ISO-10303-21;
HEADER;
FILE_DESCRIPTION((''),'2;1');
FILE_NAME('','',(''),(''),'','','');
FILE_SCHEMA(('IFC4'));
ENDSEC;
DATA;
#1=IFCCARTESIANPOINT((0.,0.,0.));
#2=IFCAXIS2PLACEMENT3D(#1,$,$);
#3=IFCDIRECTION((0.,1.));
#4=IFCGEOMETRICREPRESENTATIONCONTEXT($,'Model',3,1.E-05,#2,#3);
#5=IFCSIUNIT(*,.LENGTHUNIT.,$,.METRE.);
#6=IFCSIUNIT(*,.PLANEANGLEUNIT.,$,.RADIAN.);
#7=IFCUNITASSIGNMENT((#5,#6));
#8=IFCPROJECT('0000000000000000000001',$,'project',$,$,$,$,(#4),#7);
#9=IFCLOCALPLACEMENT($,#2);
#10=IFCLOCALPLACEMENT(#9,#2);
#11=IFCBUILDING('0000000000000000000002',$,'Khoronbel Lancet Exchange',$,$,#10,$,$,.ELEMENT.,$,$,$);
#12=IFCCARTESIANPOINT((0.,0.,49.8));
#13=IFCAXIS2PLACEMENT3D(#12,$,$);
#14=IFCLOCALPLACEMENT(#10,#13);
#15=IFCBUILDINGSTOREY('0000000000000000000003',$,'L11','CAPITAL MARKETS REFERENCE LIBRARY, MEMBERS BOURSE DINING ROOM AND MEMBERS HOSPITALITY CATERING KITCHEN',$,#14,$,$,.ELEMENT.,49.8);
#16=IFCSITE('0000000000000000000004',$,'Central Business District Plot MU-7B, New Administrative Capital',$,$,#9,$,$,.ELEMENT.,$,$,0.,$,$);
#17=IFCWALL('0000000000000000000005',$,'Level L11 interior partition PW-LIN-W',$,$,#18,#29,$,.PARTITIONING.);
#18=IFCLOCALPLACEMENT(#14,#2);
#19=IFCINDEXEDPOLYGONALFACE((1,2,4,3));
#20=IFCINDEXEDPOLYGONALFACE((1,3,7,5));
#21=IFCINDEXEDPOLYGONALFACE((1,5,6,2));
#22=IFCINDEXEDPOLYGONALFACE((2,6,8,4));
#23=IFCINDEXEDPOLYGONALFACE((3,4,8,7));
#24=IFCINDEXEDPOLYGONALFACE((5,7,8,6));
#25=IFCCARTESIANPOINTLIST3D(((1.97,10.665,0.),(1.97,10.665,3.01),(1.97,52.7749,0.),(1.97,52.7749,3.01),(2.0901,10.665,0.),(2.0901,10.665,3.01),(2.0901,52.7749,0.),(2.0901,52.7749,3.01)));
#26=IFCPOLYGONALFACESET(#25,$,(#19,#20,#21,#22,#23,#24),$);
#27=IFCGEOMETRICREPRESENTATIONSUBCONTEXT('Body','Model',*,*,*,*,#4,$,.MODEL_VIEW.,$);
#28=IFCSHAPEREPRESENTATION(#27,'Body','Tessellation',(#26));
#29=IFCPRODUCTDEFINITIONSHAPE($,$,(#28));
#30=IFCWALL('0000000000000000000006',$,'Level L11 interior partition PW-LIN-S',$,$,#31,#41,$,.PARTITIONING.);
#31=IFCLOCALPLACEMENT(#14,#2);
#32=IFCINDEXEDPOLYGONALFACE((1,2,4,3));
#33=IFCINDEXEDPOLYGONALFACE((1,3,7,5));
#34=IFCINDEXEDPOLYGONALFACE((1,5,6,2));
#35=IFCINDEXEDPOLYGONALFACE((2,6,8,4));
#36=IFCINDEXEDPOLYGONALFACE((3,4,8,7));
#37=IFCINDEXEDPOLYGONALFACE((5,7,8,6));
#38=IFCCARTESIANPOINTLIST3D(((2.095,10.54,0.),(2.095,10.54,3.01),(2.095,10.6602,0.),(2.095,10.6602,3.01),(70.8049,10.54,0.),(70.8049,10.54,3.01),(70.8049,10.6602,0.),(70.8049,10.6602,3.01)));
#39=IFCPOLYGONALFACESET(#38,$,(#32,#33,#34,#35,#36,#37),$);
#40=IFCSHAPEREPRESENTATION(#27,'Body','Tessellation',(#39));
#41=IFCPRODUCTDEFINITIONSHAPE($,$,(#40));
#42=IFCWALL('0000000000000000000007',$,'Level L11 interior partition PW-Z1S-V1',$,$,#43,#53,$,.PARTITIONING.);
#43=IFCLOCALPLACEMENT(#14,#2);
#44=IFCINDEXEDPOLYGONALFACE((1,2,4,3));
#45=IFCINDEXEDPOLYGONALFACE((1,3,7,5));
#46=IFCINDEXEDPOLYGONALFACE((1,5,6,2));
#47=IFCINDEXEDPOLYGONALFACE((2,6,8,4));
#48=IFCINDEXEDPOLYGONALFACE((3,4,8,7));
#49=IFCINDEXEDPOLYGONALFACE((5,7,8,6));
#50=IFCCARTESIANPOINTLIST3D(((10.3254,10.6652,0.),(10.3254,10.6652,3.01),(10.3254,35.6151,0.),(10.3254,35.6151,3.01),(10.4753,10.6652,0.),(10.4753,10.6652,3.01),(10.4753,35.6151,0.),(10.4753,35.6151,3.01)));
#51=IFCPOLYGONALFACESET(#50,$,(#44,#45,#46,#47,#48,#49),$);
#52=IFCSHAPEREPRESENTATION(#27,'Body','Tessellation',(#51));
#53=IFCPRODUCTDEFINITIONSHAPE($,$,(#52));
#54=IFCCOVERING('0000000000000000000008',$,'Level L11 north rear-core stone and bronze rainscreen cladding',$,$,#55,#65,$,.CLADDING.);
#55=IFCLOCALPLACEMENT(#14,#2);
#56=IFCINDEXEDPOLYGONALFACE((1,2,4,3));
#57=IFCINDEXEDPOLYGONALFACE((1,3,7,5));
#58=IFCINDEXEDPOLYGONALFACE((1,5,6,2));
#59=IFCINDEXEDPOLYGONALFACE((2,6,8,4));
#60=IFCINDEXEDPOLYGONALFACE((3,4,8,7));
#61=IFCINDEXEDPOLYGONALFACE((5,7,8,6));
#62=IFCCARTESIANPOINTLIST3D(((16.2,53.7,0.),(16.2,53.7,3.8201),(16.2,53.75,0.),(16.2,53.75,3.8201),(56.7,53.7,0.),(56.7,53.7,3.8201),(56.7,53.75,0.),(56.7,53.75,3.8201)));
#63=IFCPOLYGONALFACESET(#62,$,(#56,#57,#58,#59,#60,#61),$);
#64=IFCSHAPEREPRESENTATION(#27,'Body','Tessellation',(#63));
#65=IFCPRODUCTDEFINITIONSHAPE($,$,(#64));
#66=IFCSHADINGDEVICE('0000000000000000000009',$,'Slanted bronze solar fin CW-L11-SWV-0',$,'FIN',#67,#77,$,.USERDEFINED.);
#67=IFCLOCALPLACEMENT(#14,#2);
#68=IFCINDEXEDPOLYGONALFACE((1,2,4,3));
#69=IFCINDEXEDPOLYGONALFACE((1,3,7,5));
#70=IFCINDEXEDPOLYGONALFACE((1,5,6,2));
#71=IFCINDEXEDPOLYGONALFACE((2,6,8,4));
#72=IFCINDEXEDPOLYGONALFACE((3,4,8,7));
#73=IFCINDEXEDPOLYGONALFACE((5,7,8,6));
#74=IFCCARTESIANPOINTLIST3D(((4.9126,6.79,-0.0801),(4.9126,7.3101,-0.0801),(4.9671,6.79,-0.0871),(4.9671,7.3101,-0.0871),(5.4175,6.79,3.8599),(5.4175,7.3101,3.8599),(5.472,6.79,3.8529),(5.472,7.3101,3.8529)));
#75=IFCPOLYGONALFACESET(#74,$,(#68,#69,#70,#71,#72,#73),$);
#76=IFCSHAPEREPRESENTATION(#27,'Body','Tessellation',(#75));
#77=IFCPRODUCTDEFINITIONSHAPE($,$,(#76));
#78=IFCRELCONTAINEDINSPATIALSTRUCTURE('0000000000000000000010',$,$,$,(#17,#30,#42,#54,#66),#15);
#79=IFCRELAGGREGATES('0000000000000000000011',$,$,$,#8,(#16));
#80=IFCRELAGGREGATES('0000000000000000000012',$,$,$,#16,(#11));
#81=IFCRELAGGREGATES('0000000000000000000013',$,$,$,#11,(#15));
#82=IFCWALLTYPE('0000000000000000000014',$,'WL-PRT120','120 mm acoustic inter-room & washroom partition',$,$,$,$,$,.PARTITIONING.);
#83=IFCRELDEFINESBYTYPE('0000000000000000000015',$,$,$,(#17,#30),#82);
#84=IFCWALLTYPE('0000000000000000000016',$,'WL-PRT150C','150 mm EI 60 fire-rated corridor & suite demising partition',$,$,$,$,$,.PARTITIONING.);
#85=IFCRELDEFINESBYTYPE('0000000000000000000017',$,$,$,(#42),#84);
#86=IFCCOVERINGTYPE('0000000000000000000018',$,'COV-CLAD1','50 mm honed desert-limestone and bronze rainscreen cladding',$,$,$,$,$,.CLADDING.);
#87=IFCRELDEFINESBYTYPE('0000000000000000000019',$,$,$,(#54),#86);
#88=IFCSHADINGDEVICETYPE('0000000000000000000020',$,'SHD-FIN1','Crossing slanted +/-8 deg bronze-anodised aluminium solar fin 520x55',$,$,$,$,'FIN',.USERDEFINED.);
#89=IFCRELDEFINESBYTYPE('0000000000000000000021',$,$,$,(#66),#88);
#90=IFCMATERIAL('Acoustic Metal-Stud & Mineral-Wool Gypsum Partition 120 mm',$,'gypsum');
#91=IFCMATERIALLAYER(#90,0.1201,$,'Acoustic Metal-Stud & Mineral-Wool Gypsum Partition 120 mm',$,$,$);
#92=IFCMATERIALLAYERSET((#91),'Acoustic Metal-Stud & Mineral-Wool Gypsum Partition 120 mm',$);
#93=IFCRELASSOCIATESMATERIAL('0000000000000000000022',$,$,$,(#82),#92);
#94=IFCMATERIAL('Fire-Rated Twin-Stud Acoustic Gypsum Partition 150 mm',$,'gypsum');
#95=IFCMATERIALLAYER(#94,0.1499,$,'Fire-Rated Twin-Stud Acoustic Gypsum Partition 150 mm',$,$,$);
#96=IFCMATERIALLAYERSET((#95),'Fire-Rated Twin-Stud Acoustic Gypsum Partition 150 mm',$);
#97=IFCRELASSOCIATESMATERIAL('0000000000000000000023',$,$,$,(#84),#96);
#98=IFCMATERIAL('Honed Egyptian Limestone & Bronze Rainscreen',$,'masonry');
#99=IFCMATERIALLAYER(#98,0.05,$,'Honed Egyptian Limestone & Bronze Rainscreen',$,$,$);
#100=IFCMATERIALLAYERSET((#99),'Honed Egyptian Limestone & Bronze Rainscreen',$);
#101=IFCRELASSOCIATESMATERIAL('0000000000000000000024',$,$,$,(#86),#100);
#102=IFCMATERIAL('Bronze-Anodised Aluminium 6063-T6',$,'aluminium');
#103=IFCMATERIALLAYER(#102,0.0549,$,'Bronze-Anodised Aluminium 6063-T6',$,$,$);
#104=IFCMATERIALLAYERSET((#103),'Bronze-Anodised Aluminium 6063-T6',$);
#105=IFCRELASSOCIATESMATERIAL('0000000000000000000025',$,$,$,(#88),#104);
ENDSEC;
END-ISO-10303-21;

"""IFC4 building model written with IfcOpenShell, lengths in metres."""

from ifc_helpers import new_model, si_unit, direction, frame, frame_2d, origin, place, context, subcontext, project, spatial, polyline, rectangle, outline, extrude, material, layer, layer_set, type_object, element, save


model = new_model("IFC4")

# Units and contexts
model_context = context("Model", 3, precision=1e-05, world=origin(), true_north=direction((0.0, 1.0)))
body_context = subcontext(model_context, "Body", "Model", "MODEL_VIEW")
ifc_project = project(units=[si_unit("LENGTHUNIT", "METRE"), si_unit("PLANEANGLEUNIT", "RADIAN")], contexts=[model_context])

# Site, building, storey
site_placement = place(None, origin())
site = spatial("IfcSite", under=ifc_project, at=site_placement, Name="Central Business District Plot MU-7B, New Administrative Capital", CompositionType="ELEMENT", RefElevation=0.0)
building_placement = place(site_placement, origin())
building = spatial("IfcBuilding", under=site, at=building_placement, Name="Khoronbel Lancet Exchange", CompositionType="ELEMENT")
storey_placement = place(building_placement, frame((0.0, 0.0, 49.8)))
storey = spatial("IfcBuildingStorey", under=building, at=storey_placement, Name="L11", Description="CAPITAL MARKETS REFERENCE LIBRARY, MEMBERS BOURSE DINING ROOM AND MEMBERS HOSPITALITY CATERING KITCHEN", CompositionType="ELEMENT", Elevation=49.8)

# Shared definitions
ifc_material_1 = material(Name="Bronze-Anodised Aluminium 6063-T6", Category="aluminium")

# Walls
ifc_material_2 = material(Name="Acoustic Metal-Stud & Mineral-Wool Gypsum Partition 120 mm", Category="gypsum")
ifc_layer_1 = layer(ifc_material_2, 0.1201, Name="Acoustic Metal-Stud & Mineral-Wool Gypsum Partition 120 mm")
ifc_layer_set_1 = layer_set([ifc_layer_1], Name="Acoustic Metal-Stud & Mineral-Wool Gypsum Partition 120 mm")
wall_type_1 = type_object("IfcWallType", Name="WL-PRT120", Description="120 mm acoustic inter-room & washroom partition", PredefinedType="PARTITIONING", material=ifc_layer_set_1)
wall_1_placement = place(storey_placement, frame((2.03, 10.665, 0.0), z_axis=(0.0, 0.0, 1.0), x_axis=(0.0, 1.0, 0.0)))
element("IfcWall", 1, at=wall_1_placement, inside=storey, type_object=wall_type_1, Name="Level L11 interior partition PW-LIN-W", PredefinedType="PARTITIONING", context=body_context, shape_type="SweptSolid", body=[
    extrude(rectangle(XDim=42.1099, YDim=0.1201, at=frame_2d((21.0549, 0.0))), origin(), (0.0, 0.0, 1.0), 3.01),
])
wall_2_placement = place(storey_placement, frame((2.095, 10.6001, 0.0), z_axis=(0.0, 0.0, 1.0), x_axis=(1.0, 0.0, 0.0)))
element("IfcWall", 2, at=wall_2_placement, inside=storey, type_object=wall_type_1, Name="Level L11 interior partition PW-LIN-S", PredefinedType="PARTITIONING", context=body_context, shape_type="SweptSolid", body=[
    extrude(rectangle(XDim=68.71, YDim=0.1201, at=frame_2d((34.355, 0.0))), origin(), (0.0, 0.0, 1.0), 3.01),
])
ifc_material_3 = material(Name="Fire-Rated Twin-Stud Acoustic Gypsum Partition 150 mm", Category="gypsum")
ifc_layer_2 = layer(ifc_material_3, 0.1499, Name="Fire-Rated Twin-Stud Acoustic Gypsum Partition 150 mm")
ifc_layer_set_2 = layer_set([ifc_layer_2], Name="Fire-Rated Twin-Stud Acoustic Gypsum Partition 150 mm")
wall_type_2 = type_object("IfcWallType", Name="WL-PRT150C", Description="150 mm EI 60 fire-rated corridor & suite demising partition", PredefinedType="PARTITIONING", material=ifc_layer_set_2)
wall_3_placement = place(storey_placement, frame((10.4004, 10.665, 0.0), z_axis=(0.0, 0.0, 1.0), x_axis=(0.0, 1.0, 0.0)))
element("IfcWall", 3, at=wall_3_placement, inside=storey, type_object=wall_type_2, Name="Level L11 interior partition PW-Z1S-V1", PredefinedType="PARTITIONING", context=body_context, shape_type="SweptSolid", body=[
    extrude(rectangle(XDim=24.95, YDim=0.1499, at=frame_2d((12.4751, 0.0))), origin(), (0.0, 0.0, 1.0), 3.01),
])

# Covering
ifc_material_4 = material(Name="Honed Egyptian Limestone & Bronze Rainscreen", Category="masonry")
ifc_layer_3 = layer(ifc_material_4, 0.05, Name="Honed Egyptian Limestone & Bronze Rainscreen")
ifc_layer_set_3 = layer_set([ifc_layer_3], Name="Honed Egyptian Limestone & Bronze Rainscreen")
covering_type = type_object("IfcCoveringType", Name="COV-CLAD1", Description="50 mm honed desert-limestone and bronze rainscreen cladding", PredefinedType="CLADDING", material=ifc_layer_set_3)
covering_placement = place(storey_placement, origin())
element("IfcCovering", 4, at=covering_placement, inside=storey, type_object=covering_type, Name="Level L11 north rear-core stone and bronze rainscreen cladding", PredefinedType="CLADDING", context=body_context, shape_type="SweptSolid", body=[
    extrude(outline(polyline([(16.2, 53.7), (56.7, 53.7), (56.7, 53.75), (16.2, 53.75), (16.2, 53.7)])), origin(), (0.0, 0.0, 1.0), 3.8201),
])

# Shading device
ifc_layer_4 = layer(ifc_material_1, 0.0549, Name="Bronze-Anodised Aluminium 6063-T6")
ifc_layer_set_4 = layer_set([ifc_layer_4], Name="Bronze-Anodised Aluminium 6063-T6")
shading_device_type = type_object("IfcShadingDeviceType", Name="SHD-FIN1", Description="Crossing slanted +/-8 deg bronze-anodised aluminium solar fin 520x55", ElementType="FIN", PredefinedType="USERDEFINED", material=ifc_layer_set_4)
shading_device_placement = place(storey_placement, frame((4.9126, 7.3101, -0.0801), z_axis=(-0.991889, 0.0, 0.127105), x_axis=(0.0, -1.0, 0.0)))
element("IfcShadingDevice", 5, at=shading_device_placement, inside=storey, type_object=shading_device_type, Name="Slanted bronze solar fin CW-L11-SWV-0", ObjectType="FIN", PredefinedType="USERDEFINED", context=body_context, shape_type="SweptSolid", body=[
    extrude(outline(polyline([(0.0, 0.0), (0.52, 0.0), (0.52, 3.9722), (0.0, 3.9722), (0.0, 0.0)])), origin(), (0.0, 0.0, -1.0), 0.0549),
])

save(model, "model.ifc")
